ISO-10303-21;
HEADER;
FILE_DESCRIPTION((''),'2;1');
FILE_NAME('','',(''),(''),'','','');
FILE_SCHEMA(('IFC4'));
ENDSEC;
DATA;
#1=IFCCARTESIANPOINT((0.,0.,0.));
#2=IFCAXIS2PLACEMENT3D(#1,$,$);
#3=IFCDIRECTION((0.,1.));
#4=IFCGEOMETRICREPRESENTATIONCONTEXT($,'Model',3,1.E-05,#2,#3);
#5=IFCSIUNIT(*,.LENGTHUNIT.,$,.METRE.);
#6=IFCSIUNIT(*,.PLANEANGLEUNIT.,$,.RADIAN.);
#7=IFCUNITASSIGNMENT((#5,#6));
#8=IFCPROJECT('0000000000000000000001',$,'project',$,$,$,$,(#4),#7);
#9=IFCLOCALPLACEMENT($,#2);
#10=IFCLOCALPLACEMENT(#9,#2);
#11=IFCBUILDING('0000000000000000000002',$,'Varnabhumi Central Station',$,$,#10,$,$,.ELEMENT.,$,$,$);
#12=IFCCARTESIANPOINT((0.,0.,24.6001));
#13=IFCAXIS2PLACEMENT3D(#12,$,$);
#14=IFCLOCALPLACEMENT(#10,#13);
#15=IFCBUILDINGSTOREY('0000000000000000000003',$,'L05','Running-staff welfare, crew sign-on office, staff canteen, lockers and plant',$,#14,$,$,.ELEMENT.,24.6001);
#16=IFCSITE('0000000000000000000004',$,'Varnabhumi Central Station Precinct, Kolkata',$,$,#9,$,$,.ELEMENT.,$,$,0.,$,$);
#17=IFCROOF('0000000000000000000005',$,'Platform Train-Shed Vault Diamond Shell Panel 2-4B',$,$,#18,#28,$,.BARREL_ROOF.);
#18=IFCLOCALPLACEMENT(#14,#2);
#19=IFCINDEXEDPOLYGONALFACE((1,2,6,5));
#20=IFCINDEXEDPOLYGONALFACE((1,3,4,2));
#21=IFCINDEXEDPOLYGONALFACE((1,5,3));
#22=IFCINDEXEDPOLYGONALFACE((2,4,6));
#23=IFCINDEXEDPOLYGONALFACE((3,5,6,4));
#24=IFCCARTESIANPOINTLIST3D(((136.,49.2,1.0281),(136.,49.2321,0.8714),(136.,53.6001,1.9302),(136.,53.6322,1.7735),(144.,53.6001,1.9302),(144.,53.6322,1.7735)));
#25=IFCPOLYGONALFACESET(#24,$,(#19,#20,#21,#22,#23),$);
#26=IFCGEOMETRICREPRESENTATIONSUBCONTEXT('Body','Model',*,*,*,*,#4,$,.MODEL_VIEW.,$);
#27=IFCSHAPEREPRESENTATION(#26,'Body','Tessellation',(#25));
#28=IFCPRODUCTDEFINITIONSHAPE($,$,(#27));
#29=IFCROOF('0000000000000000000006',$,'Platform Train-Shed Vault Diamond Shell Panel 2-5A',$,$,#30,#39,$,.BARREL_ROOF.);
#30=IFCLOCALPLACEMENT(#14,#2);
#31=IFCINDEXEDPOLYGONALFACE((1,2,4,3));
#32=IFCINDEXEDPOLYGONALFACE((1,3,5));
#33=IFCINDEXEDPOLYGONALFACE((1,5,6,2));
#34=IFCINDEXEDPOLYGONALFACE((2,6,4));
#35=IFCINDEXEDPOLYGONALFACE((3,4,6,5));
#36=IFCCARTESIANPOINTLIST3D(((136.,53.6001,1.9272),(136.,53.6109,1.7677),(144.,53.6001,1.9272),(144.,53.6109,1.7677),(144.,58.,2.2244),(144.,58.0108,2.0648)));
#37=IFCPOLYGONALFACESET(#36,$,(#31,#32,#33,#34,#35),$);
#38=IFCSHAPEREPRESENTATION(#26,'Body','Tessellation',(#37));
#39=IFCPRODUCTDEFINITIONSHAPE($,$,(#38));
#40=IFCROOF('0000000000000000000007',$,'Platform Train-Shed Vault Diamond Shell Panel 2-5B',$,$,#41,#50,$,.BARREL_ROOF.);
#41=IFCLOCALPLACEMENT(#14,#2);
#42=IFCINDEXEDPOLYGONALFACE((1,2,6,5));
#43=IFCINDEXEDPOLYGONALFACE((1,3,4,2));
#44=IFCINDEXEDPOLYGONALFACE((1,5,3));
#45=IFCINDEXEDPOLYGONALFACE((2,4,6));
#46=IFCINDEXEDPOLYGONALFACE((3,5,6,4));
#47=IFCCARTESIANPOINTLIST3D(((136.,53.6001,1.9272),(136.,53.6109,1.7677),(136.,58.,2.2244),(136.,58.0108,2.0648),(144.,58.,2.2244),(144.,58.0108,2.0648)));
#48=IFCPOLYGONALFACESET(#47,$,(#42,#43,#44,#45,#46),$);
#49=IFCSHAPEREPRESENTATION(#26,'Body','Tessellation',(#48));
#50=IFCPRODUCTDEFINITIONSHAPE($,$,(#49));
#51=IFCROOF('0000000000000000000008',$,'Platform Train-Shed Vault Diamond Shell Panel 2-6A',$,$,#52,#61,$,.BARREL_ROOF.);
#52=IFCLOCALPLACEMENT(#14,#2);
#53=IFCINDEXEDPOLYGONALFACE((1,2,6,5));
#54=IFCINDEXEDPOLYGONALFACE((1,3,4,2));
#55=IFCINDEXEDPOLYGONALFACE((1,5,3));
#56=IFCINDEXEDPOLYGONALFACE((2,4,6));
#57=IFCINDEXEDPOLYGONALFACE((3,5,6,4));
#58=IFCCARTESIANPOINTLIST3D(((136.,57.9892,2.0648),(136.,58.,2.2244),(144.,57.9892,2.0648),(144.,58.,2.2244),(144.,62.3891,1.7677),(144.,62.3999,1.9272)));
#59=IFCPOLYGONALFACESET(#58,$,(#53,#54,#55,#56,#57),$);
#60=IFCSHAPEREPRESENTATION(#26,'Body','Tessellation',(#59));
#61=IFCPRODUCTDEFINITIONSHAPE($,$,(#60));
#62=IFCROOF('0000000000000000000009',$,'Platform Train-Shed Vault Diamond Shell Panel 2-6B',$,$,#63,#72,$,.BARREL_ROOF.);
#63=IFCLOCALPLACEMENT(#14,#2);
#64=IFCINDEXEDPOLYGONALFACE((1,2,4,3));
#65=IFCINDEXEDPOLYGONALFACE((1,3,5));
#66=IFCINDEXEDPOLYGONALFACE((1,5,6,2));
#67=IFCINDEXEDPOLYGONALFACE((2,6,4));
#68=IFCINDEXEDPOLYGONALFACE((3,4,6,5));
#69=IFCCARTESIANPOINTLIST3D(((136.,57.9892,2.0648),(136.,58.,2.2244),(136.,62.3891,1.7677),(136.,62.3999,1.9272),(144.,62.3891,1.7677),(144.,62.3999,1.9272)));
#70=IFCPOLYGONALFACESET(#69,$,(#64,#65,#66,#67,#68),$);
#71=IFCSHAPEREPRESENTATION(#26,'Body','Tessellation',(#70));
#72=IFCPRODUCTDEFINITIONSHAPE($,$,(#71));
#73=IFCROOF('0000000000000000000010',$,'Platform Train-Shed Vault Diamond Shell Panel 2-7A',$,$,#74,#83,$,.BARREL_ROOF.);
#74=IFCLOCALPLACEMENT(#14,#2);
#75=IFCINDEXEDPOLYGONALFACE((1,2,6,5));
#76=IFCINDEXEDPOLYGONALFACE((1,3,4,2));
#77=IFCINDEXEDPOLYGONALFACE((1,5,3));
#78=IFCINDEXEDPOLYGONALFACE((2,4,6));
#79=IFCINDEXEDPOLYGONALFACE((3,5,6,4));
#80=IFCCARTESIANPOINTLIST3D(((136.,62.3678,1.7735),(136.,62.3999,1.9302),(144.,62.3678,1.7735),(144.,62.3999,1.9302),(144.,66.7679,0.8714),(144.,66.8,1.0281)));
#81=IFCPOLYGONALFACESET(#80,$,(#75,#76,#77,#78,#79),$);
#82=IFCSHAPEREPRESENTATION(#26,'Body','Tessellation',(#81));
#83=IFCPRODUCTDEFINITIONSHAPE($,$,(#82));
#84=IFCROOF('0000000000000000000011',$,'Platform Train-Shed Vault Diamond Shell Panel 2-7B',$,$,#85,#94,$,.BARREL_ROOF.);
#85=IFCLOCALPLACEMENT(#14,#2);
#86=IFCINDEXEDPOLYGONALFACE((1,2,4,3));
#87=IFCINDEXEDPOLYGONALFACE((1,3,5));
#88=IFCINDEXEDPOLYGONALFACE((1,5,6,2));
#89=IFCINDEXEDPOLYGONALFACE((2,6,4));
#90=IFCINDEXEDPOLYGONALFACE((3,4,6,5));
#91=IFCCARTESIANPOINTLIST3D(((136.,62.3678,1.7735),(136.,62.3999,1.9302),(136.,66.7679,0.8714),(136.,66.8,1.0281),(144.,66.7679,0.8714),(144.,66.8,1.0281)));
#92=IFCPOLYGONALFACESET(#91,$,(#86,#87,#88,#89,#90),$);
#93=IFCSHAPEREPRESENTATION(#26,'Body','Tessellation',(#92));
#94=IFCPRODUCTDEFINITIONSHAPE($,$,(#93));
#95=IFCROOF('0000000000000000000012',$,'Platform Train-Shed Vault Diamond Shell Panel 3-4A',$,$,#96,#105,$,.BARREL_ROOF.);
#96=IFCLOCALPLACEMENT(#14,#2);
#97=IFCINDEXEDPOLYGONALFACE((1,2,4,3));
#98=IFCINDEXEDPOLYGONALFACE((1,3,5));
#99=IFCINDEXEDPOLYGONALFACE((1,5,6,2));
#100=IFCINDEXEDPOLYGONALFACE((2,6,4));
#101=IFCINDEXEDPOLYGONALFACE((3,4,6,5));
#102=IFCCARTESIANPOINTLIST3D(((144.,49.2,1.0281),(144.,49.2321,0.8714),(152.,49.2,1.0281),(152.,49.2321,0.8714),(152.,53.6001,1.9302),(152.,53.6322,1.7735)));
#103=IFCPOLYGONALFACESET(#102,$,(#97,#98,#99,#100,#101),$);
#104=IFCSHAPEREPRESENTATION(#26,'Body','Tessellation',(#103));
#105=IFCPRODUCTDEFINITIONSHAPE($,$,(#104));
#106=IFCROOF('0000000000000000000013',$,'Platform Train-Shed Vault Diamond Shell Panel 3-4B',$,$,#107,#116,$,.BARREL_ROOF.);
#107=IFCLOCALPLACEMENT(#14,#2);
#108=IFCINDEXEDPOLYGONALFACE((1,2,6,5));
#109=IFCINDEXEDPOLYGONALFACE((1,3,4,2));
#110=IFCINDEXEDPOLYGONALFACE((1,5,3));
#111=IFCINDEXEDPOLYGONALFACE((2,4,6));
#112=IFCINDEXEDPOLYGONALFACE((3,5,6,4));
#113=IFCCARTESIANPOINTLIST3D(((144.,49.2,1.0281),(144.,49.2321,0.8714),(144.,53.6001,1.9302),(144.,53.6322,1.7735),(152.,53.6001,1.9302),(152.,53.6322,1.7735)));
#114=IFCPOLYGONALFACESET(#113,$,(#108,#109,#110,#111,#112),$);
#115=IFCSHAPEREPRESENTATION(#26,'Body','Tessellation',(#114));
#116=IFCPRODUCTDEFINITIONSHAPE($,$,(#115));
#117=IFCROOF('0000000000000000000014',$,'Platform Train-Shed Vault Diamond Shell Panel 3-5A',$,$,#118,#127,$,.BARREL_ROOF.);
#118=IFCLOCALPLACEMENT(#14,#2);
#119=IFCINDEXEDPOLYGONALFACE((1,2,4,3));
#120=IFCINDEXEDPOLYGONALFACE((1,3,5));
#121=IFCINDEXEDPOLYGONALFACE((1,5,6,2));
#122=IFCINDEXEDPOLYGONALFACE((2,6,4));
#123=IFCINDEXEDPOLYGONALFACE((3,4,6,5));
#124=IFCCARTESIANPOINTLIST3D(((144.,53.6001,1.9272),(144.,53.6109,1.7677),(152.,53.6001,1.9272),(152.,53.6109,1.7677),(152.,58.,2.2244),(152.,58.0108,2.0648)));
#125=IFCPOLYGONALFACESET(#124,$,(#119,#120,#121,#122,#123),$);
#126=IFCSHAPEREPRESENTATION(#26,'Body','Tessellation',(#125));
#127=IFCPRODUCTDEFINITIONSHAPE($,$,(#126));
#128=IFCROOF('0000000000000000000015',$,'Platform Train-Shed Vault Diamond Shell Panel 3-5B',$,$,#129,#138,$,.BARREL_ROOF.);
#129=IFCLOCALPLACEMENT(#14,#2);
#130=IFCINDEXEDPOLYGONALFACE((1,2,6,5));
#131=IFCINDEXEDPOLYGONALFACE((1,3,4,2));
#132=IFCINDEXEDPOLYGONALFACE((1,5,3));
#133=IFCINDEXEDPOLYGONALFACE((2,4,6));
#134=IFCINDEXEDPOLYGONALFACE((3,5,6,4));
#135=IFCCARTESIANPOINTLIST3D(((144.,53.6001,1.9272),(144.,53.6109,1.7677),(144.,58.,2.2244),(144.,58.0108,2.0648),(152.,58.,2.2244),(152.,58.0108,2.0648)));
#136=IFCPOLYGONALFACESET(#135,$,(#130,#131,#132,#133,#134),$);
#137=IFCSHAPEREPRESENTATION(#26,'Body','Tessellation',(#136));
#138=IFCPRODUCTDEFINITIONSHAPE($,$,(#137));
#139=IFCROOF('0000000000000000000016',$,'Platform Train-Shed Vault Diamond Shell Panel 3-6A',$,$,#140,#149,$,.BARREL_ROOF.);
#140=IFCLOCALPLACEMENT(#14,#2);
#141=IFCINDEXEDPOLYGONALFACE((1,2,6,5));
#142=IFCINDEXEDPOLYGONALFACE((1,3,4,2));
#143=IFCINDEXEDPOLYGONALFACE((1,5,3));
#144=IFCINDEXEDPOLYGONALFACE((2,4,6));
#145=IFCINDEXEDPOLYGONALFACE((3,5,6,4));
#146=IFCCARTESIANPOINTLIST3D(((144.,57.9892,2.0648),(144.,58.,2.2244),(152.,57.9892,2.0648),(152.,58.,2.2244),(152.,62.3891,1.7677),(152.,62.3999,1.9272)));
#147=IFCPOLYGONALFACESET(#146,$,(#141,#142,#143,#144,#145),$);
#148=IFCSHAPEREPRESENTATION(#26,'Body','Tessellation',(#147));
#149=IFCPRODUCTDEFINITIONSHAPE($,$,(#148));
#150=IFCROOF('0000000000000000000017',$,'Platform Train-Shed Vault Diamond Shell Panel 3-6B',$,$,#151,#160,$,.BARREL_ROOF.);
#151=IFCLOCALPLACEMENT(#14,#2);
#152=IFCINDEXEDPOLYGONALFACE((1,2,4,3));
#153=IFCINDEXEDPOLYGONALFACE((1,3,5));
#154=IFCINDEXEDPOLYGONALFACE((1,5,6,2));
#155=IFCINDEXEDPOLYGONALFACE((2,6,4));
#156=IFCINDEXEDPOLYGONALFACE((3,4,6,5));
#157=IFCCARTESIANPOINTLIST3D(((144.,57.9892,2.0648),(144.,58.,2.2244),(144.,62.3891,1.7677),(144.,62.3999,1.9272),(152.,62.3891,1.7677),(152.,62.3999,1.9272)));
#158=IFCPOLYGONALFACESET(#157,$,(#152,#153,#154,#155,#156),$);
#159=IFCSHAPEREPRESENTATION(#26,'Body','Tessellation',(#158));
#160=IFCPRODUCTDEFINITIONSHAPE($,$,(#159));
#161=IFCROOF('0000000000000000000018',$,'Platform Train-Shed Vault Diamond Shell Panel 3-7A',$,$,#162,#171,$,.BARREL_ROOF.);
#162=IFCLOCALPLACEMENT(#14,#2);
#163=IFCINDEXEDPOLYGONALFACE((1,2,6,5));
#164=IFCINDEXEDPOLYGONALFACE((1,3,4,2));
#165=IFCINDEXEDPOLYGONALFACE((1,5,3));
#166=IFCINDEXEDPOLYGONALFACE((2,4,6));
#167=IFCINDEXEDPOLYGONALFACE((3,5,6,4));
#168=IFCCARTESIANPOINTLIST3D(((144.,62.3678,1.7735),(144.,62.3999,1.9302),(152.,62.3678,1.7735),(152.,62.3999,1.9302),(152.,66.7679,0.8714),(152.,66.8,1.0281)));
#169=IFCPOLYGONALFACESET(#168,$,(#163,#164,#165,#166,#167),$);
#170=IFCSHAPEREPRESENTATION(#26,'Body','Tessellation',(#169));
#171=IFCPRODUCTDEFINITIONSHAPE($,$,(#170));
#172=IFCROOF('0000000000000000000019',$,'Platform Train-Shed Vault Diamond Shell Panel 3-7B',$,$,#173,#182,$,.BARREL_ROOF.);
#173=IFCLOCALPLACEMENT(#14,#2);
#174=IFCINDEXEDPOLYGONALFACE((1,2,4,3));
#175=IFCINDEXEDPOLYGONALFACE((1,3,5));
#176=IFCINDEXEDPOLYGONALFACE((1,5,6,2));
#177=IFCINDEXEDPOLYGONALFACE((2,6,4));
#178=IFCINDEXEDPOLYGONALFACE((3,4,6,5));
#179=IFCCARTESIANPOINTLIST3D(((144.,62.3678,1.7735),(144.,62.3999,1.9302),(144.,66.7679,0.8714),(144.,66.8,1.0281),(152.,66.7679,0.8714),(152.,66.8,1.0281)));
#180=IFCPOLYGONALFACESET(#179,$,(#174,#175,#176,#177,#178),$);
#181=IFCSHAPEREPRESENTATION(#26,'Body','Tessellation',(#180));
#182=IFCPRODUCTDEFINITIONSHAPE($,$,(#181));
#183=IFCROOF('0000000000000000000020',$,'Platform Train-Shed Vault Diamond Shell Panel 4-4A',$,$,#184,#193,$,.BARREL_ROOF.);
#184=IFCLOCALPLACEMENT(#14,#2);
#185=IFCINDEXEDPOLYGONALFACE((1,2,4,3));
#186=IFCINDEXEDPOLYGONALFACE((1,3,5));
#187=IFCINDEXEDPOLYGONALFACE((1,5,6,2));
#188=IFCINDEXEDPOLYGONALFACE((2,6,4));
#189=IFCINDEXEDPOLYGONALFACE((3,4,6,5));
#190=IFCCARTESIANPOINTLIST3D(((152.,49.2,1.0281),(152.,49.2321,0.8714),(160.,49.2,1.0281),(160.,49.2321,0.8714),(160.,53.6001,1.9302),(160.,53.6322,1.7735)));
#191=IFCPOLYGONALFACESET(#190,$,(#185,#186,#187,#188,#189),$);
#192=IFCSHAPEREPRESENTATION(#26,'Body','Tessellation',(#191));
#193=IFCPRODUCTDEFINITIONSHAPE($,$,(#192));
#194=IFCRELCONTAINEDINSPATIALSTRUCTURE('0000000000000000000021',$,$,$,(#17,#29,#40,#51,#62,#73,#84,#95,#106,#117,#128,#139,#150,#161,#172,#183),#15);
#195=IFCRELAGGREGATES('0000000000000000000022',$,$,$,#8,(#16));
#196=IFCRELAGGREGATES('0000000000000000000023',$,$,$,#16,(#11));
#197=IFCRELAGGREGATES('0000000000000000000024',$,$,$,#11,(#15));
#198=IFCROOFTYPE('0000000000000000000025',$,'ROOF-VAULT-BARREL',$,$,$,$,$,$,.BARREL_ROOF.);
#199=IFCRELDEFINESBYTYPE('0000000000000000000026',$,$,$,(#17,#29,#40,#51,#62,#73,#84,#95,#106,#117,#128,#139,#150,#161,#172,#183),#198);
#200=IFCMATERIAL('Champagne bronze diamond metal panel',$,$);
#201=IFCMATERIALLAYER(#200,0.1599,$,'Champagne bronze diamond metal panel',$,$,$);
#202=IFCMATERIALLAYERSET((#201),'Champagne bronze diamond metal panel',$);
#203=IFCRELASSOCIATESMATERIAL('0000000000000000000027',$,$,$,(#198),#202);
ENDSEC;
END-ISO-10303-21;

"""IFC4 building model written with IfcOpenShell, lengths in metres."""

from ifc_helpers import new_model, si_unit, direction, frame, origin, place, context, subcontext, project, spatial, polyline, outline, extrude, material, layer, layer_set, type_object, element, save


model = new_model("IFC4")

# Units and contexts
model_context = context("Model", 3, precision=1e-05, world=origin(), true_north=direction((0.0, 1.0)))
body_context = subcontext(model_context, "Body", "Model", "MODEL_VIEW")
ifc_project = project(units=[si_unit("LENGTHUNIT", "METRE"), si_unit("PLANEANGLEUNIT", "RADIAN")], contexts=[model_context])

# Site, building, storey
site_placement = place(None, origin())
site = spatial("IfcSite", under=ifc_project, at=site_placement, Name="Varnabhumi Central Station Precinct, Kolkata", CompositionType="ELEMENT", RefElevation=0.0)
building_placement = place(site_placement, origin())
building = spatial("IfcBuilding", under=site, at=building_placement, Name="Varnabhumi Central Station", CompositionType="ELEMENT")
storey_placement = place(building_placement, frame((0.0, 0.0, 24.6001)))
storey = spatial("IfcBuildingStorey", under=building, at=storey_placement, Name="L05", Description="Running-staff welfare, crew sign-on office, staff canteen, lockers and plant", CompositionType="ELEMENT", Elevation=24.6001)

# Roofs
ifc_material_1 = material(Name="Champagne bronze diamond metal panel")
ifc_layer_1 = layer(ifc_material_1, 0.1599, Name="Champagne bronze diamond metal panel")
ifc_layer_set_1 = layer_set([ifc_layer_1], Name="Champagne bronze diamond metal panel")
roof_type_1 = type_object("IfcRoofType", Name="ROOF-VAULT-BARREL", PredefinedType="BARREL_ROOF", material=ifc_layer_set_1)
roof_1_placement = place(storey_placement, frame((136.0, 49.2, 1.0281), z_axis=(0.0, -0.200838, 0.979624), x_axis=(0.871963, 0.479596, 0.098325)))
element("IfcRoof", 1, at=roof_1_placement, inside=storey, type_object=roof_type_1, Name="Platform Train-Shed Vault Diamond Shell Panel 2-4B", PredefinedType="BARREL_ROOF", context=body_context, shape_type="SweptSolid", body=[
    extrude(outline(polyline([(0.0, 0.0), (9.1747, 0.0), (2.199, 3.9166), (0.0, 0.0)])), origin(), (0.0, 0.0, -1.0), 0.1599),
])
roof_2_placement = place(storey_placement, frame((136.0, 53.6001, 1.9272), z_axis=(0.0, -0.067375, 0.997728), x_axis=(1.0, 0.0, 0.0)))
element("IfcRoof", 2, at=roof_2_placement, inside=storey, type_object=roof_type_1, Name="Platform Train-Shed Vault Diamond Shell Panel 2-5A", PredefinedType="BARREL_ROOF", context=body_context, shape_type="SweptSolid", body=[
    extrude(outline(polyline([(0.0, 0.0), (8.0, 0.0), (8.0, 4.4099), (0.0, 0.0)])), origin(), (0.0, 0.0, -1.0), 0.1599),
])
roof_3_placement = place(storey_placement, frame((136.0, 53.6001, 1.9272), z_axis=(0.0, -0.067375, 0.997728), x_axis=(0.875757, 0.481656, 0.032526)))
element("IfcRoof", 3, at=roof_3_placement, inside=storey, type_object=roof_type_1, Name="Platform Train-Shed Vault Diamond Shell Panel 2-5B", PredefinedType="BARREL_ROOF", context=body_context, shape_type="SweptSolid", body=[
    extrude(outline(polyline([(0.0, 0.0), (9.135, 0.0), (2.1289, 3.862), (0.0, 0.0)])), origin(), (0.0, 0.0, -1.0), 0.1599),
])
roof_4_placement = place(storey_placement, frame((136.0, 58.0, 2.2244), z_axis=(0.0, 0.067375, 0.997728), x_axis=(1.0, 0.0, 0.0)))
element("IfcRoof", 4, at=roof_4_placement, inside=storey, type_object=roof_type_1, Name="Platform Train-Shed Vault Diamond Shell Panel 2-6A", PredefinedType="BARREL_ROOF", context=body_context, shape_type="SweptSolid", body=[
    extrude(outline(polyline([(0.0, 0.0), (8.0, 0.0), (8.0, 4.4099), (0.0, 0.0)])), origin(), (0.0, 0.0, -1.0), 0.1599),
])
roof_5_placement = place(storey_placement, frame((136.0, 58.0, 2.2244), z_axis=(0.0, 0.067375, 0.997728), x_axis=(0.875757, 0.481656, -0.032526)))
element("IfcRoof", 5, at=roof_5_placement, inside=storey, type_object=roof_type_1, Name="Platform Train-Shed Vault Diamond Shell Panel 2-6B", PredefinedType="BARREL_ROOF", context=body_context, shape_type="SweptSolid", body=[
    extrude(outline(polyline([(0.0, 0.0), (9.135, 0.0), (2.1289, 3.862), (0.0, 0.0)])), origin(), (0.0, 0.0, -1.0), 0.1599),
])
roof_6_placement = place(storey_placement, frame((136.0, 62.3999, 1.9302), z_axis=(0.0, 0.200838, 0.979624), x_axis=(1.0, 0.0, 0.0)))
element("IfcRoof", 6, at=roof_6_placement, inside=storey, type_object=roof_type_1, Name="Platform Train-Shed Vault Diamond Shell Panel 2-7A", PredefinedType="BARREL_ROOF", context=body_context, shape_type="SweptSolid", body=[
    extrude(outline(polyline([(0.0, 0.0), (8.0, 0.0), (8.0, 4.4917), (0.0, 0.0)])), origin(), (0.0, 0.0, -1.0), 0.1599),
])
roof_7_placement = place(storey_placement, frame((136.0, 62.3999, 1.9302), z_axis=(0.0, 0.200838, 0.979624), x_axis=(0.871963, 0.479596, -0.098325)))
element("IfcRoof", 7, at=roof_7_placement, inside=storey, type_object=roof_type_1, Name="Platform Train-Shed Vault Diamond Shell Panel 2-7B", PredefinedType="BARREL_ROOF", context=body_context, shape_type="SweptSolid", body=[
    extrude(outline(polyline([(0.0, 0.0), (9.1747, 0.0), (2.199, 3.9166), (0.0, 0.0)])), origin(), (0.0, 0.0, -1.0), 0.1599),
])
roof_8_placement = place(storey_placement, frame((144.0, 49.2, 1.0281), z_axis=(0.0, -0.200838, 0.979624), x_axis=(1.0, 0.0, 0.0)))
element("IfcRoof", 8, at=roof_8_placement, inside=storey, type_object=roof_type_1, Name="Platform Train-Shed Vault Diamond Shell Panel 3-4A", PredefinedType="BARREL_ROOF", context=body_context, shape_type="SweptSolid", body=[
    extrude(outline(polyline([(0.0, 0.0), (8.0, 0.0), (8.0, 4.4917), (0.0, 0.0)])), origin(), (0.0, 0.0, -1.0), 0.1599),
])
roof_9_placement = place(storey_placement, frame((144.0, 49.2, 1.0281), z_axis=(0.0, -0.200838, 0.979624), x_axis=(0.871963, 0.479596, 0.098325)))
element("IfcRoof", 9, at=roof_9_placement, inside=storey, type_object=roof_type_1, Name="Platform Train-Shed Vault Diamond Shell Panel 3-4B", PredefinedType="BARREL_ROOF", context=body_context, shape_type="SweptSolid", body=[
    extrude(outline(polyline([(0.0, 0.0), (9.1747, 0.0), (2.199, 3.9166), (0.0, 0.0)])), origin(), (0.0, 0.0, -1.0), 0.1599),
])
roof_10_placement = place(storey_placement, frame((144.0, 53.6001, 1.9272), z_axis=(0.0, -0.067375, 0.997728), x_axis=(1.0, 0.0, 0.0)))
element("IfcRoof", 10, at=roof_10_placement, inside=storey, type_object=roof_type_1, Name="Platform Train-Shed Vault Diamond Shell Panel 3-5A", PredefinedType="BARREL_ROOF", context=body_context, shape_type="SweptSolid", body=[
    extrude(outline(polyline([(0.0, 0.0), (8.0, 0.0), (8.0, 4.4099), (0.0, 0.0)])), origin(), (0.0, 0.0, -1.0), 0.1599),
])
roof_11_placement = place(storey_placement, frame((144.0, 53.6001, 1.9272), z_axis=(0.0, -0.067375, 0.997728), x_axis=(0.875757, 0.481656, 0.032526)))
element("IfcRoof", 11, at=roof_11_placement, inside=storey, type_object=roof_type_1, Name="Platform Train-Shed Vault Diamond Shell Panel 3-5B", PredefinedType="BARREL_ROOF", context=body_context, shape_type="SweptSolid", body=[
    extrude(outline(polyline([(0.0, 0.0), (9.135, 0.0), (2.1289, 3.862), (0.0, 0.0)])), origin(), (0.0, 0.0, -1.0), 0.1599),
])
roof_12_placement = place(storey_placement, frame((144.0, 58.0, 2.2244), z_axis=(0.0, 0.067375, 0.997728), x_axis=(1.0, 0.0, 0.0)))
element("IfcRoof", 12, at=roof_12_placement, inside=storey, type_object=roof_type_1, Name="Platform Train-Shed Vault Diamond Shell Panel 3-6A", PredefinedType="BARREL_ROOF", context=body_context, shape_type="SweptSolid", body=[
    extrude(outline(polyline([(0.0, 0.0), (8.0, 0.0), (8.0, 4.4099), (0.0, 0.0)])), origin(), (0.0, 0.0, -1.0), 0.1599),
])
roof_13_placement = place(storey_placement, frame((144.0, 58.0, 2.2244), z_axis=(0.0, 0.067375, 0.997728), x_axis=(0.875757, 0.481656, -0.032526)))
element("IfcRoof", 13, at=roof_13_placement, inside=storey, type_object=roof_type_1, Name="Platform Train-Shed Vault Diamond Shell Panel 3-6B", PredefinedType="BARREL_ROOF", context=body_context, shape_type="SweptSolid", body=[
    extrude(outline(polyline([(0.0, 0.0), (9.135, 0.0), (2.1289, 3.862), (0.0, 0.0)])), origin(), (0.0, 0.0, -1.0), 0.1599),
])
roof_14_placement = place(storey_placement, frame((144.0, 62.3999, 1.9302), z_axis=(0.0, 0.200838, 0.979624), x_axis=(1.0, 0.0, 0.0)))
element("IfcRoof", 14, at=roof_14_placement, inside=storey, type_object=roof_type_1, Name="Platform Train-Shed Vault Diamond Shell Panel 3-7A", PredefinedType="BARREL_ROOF", context=body_context, shape_type="SweptSolid", body=[
    extrude(outline(polyline([(0.0, 0.0), (8.0, 0.0), (8.0, 4.4917), (0.0, 0.0)])), origin(), (0.0, 0.0, -1.0), 0.1599),
])
roof_15_placement = place(storey_placement, frame((144.0, 62.3999, 1.9302), z_axis=(0.0, 0.200838, 0.979624), x_axis=(0.871963, 0.479596, -0.098325)))
element("IfcRoof", 15, at=roof_15_placement, inside=storey, type_object=roof_type_1, Name="Platform Train-Shed Vault Diamond Shell Panel 3-7B", PredefinedType="BARREL_ROOF", context=body_context, shape_type="SweptSolid", body=[
    extrude(outline(polyline([(0.0, 0.0), (9.1747, 0.0), (2.199, 3.9166), (0.0, 0.0)])), origin(), (0.0, 0.0, -1.0), 0.1599),
])
roof_16_placement = place(storey_placement, frame((152.0, 49.2, 1.0281), z_axis=(0.0, -0.200838, 0.979624), x_axis=(1.0, 0.0, 0.0)))
element("IfcRoof", 16, at=roof_16_placement, inside=storey, type_object=roof_type_1, Name="Platform Train-Shed Vault Diamond Shell Panel 4-4A", PredefinedType="BARREL_ROOF", context=body_context, shape_type="SweptSolid", body=[
    extrude(outline(polyline([(0.0, 0.0), (8.0, 0.0), (8.0, 4.4917), (0.0, 0.0)])), origin(), (0.0, 0.0, -1.0), 0.1599),
])

save(model, "model.ifc")
